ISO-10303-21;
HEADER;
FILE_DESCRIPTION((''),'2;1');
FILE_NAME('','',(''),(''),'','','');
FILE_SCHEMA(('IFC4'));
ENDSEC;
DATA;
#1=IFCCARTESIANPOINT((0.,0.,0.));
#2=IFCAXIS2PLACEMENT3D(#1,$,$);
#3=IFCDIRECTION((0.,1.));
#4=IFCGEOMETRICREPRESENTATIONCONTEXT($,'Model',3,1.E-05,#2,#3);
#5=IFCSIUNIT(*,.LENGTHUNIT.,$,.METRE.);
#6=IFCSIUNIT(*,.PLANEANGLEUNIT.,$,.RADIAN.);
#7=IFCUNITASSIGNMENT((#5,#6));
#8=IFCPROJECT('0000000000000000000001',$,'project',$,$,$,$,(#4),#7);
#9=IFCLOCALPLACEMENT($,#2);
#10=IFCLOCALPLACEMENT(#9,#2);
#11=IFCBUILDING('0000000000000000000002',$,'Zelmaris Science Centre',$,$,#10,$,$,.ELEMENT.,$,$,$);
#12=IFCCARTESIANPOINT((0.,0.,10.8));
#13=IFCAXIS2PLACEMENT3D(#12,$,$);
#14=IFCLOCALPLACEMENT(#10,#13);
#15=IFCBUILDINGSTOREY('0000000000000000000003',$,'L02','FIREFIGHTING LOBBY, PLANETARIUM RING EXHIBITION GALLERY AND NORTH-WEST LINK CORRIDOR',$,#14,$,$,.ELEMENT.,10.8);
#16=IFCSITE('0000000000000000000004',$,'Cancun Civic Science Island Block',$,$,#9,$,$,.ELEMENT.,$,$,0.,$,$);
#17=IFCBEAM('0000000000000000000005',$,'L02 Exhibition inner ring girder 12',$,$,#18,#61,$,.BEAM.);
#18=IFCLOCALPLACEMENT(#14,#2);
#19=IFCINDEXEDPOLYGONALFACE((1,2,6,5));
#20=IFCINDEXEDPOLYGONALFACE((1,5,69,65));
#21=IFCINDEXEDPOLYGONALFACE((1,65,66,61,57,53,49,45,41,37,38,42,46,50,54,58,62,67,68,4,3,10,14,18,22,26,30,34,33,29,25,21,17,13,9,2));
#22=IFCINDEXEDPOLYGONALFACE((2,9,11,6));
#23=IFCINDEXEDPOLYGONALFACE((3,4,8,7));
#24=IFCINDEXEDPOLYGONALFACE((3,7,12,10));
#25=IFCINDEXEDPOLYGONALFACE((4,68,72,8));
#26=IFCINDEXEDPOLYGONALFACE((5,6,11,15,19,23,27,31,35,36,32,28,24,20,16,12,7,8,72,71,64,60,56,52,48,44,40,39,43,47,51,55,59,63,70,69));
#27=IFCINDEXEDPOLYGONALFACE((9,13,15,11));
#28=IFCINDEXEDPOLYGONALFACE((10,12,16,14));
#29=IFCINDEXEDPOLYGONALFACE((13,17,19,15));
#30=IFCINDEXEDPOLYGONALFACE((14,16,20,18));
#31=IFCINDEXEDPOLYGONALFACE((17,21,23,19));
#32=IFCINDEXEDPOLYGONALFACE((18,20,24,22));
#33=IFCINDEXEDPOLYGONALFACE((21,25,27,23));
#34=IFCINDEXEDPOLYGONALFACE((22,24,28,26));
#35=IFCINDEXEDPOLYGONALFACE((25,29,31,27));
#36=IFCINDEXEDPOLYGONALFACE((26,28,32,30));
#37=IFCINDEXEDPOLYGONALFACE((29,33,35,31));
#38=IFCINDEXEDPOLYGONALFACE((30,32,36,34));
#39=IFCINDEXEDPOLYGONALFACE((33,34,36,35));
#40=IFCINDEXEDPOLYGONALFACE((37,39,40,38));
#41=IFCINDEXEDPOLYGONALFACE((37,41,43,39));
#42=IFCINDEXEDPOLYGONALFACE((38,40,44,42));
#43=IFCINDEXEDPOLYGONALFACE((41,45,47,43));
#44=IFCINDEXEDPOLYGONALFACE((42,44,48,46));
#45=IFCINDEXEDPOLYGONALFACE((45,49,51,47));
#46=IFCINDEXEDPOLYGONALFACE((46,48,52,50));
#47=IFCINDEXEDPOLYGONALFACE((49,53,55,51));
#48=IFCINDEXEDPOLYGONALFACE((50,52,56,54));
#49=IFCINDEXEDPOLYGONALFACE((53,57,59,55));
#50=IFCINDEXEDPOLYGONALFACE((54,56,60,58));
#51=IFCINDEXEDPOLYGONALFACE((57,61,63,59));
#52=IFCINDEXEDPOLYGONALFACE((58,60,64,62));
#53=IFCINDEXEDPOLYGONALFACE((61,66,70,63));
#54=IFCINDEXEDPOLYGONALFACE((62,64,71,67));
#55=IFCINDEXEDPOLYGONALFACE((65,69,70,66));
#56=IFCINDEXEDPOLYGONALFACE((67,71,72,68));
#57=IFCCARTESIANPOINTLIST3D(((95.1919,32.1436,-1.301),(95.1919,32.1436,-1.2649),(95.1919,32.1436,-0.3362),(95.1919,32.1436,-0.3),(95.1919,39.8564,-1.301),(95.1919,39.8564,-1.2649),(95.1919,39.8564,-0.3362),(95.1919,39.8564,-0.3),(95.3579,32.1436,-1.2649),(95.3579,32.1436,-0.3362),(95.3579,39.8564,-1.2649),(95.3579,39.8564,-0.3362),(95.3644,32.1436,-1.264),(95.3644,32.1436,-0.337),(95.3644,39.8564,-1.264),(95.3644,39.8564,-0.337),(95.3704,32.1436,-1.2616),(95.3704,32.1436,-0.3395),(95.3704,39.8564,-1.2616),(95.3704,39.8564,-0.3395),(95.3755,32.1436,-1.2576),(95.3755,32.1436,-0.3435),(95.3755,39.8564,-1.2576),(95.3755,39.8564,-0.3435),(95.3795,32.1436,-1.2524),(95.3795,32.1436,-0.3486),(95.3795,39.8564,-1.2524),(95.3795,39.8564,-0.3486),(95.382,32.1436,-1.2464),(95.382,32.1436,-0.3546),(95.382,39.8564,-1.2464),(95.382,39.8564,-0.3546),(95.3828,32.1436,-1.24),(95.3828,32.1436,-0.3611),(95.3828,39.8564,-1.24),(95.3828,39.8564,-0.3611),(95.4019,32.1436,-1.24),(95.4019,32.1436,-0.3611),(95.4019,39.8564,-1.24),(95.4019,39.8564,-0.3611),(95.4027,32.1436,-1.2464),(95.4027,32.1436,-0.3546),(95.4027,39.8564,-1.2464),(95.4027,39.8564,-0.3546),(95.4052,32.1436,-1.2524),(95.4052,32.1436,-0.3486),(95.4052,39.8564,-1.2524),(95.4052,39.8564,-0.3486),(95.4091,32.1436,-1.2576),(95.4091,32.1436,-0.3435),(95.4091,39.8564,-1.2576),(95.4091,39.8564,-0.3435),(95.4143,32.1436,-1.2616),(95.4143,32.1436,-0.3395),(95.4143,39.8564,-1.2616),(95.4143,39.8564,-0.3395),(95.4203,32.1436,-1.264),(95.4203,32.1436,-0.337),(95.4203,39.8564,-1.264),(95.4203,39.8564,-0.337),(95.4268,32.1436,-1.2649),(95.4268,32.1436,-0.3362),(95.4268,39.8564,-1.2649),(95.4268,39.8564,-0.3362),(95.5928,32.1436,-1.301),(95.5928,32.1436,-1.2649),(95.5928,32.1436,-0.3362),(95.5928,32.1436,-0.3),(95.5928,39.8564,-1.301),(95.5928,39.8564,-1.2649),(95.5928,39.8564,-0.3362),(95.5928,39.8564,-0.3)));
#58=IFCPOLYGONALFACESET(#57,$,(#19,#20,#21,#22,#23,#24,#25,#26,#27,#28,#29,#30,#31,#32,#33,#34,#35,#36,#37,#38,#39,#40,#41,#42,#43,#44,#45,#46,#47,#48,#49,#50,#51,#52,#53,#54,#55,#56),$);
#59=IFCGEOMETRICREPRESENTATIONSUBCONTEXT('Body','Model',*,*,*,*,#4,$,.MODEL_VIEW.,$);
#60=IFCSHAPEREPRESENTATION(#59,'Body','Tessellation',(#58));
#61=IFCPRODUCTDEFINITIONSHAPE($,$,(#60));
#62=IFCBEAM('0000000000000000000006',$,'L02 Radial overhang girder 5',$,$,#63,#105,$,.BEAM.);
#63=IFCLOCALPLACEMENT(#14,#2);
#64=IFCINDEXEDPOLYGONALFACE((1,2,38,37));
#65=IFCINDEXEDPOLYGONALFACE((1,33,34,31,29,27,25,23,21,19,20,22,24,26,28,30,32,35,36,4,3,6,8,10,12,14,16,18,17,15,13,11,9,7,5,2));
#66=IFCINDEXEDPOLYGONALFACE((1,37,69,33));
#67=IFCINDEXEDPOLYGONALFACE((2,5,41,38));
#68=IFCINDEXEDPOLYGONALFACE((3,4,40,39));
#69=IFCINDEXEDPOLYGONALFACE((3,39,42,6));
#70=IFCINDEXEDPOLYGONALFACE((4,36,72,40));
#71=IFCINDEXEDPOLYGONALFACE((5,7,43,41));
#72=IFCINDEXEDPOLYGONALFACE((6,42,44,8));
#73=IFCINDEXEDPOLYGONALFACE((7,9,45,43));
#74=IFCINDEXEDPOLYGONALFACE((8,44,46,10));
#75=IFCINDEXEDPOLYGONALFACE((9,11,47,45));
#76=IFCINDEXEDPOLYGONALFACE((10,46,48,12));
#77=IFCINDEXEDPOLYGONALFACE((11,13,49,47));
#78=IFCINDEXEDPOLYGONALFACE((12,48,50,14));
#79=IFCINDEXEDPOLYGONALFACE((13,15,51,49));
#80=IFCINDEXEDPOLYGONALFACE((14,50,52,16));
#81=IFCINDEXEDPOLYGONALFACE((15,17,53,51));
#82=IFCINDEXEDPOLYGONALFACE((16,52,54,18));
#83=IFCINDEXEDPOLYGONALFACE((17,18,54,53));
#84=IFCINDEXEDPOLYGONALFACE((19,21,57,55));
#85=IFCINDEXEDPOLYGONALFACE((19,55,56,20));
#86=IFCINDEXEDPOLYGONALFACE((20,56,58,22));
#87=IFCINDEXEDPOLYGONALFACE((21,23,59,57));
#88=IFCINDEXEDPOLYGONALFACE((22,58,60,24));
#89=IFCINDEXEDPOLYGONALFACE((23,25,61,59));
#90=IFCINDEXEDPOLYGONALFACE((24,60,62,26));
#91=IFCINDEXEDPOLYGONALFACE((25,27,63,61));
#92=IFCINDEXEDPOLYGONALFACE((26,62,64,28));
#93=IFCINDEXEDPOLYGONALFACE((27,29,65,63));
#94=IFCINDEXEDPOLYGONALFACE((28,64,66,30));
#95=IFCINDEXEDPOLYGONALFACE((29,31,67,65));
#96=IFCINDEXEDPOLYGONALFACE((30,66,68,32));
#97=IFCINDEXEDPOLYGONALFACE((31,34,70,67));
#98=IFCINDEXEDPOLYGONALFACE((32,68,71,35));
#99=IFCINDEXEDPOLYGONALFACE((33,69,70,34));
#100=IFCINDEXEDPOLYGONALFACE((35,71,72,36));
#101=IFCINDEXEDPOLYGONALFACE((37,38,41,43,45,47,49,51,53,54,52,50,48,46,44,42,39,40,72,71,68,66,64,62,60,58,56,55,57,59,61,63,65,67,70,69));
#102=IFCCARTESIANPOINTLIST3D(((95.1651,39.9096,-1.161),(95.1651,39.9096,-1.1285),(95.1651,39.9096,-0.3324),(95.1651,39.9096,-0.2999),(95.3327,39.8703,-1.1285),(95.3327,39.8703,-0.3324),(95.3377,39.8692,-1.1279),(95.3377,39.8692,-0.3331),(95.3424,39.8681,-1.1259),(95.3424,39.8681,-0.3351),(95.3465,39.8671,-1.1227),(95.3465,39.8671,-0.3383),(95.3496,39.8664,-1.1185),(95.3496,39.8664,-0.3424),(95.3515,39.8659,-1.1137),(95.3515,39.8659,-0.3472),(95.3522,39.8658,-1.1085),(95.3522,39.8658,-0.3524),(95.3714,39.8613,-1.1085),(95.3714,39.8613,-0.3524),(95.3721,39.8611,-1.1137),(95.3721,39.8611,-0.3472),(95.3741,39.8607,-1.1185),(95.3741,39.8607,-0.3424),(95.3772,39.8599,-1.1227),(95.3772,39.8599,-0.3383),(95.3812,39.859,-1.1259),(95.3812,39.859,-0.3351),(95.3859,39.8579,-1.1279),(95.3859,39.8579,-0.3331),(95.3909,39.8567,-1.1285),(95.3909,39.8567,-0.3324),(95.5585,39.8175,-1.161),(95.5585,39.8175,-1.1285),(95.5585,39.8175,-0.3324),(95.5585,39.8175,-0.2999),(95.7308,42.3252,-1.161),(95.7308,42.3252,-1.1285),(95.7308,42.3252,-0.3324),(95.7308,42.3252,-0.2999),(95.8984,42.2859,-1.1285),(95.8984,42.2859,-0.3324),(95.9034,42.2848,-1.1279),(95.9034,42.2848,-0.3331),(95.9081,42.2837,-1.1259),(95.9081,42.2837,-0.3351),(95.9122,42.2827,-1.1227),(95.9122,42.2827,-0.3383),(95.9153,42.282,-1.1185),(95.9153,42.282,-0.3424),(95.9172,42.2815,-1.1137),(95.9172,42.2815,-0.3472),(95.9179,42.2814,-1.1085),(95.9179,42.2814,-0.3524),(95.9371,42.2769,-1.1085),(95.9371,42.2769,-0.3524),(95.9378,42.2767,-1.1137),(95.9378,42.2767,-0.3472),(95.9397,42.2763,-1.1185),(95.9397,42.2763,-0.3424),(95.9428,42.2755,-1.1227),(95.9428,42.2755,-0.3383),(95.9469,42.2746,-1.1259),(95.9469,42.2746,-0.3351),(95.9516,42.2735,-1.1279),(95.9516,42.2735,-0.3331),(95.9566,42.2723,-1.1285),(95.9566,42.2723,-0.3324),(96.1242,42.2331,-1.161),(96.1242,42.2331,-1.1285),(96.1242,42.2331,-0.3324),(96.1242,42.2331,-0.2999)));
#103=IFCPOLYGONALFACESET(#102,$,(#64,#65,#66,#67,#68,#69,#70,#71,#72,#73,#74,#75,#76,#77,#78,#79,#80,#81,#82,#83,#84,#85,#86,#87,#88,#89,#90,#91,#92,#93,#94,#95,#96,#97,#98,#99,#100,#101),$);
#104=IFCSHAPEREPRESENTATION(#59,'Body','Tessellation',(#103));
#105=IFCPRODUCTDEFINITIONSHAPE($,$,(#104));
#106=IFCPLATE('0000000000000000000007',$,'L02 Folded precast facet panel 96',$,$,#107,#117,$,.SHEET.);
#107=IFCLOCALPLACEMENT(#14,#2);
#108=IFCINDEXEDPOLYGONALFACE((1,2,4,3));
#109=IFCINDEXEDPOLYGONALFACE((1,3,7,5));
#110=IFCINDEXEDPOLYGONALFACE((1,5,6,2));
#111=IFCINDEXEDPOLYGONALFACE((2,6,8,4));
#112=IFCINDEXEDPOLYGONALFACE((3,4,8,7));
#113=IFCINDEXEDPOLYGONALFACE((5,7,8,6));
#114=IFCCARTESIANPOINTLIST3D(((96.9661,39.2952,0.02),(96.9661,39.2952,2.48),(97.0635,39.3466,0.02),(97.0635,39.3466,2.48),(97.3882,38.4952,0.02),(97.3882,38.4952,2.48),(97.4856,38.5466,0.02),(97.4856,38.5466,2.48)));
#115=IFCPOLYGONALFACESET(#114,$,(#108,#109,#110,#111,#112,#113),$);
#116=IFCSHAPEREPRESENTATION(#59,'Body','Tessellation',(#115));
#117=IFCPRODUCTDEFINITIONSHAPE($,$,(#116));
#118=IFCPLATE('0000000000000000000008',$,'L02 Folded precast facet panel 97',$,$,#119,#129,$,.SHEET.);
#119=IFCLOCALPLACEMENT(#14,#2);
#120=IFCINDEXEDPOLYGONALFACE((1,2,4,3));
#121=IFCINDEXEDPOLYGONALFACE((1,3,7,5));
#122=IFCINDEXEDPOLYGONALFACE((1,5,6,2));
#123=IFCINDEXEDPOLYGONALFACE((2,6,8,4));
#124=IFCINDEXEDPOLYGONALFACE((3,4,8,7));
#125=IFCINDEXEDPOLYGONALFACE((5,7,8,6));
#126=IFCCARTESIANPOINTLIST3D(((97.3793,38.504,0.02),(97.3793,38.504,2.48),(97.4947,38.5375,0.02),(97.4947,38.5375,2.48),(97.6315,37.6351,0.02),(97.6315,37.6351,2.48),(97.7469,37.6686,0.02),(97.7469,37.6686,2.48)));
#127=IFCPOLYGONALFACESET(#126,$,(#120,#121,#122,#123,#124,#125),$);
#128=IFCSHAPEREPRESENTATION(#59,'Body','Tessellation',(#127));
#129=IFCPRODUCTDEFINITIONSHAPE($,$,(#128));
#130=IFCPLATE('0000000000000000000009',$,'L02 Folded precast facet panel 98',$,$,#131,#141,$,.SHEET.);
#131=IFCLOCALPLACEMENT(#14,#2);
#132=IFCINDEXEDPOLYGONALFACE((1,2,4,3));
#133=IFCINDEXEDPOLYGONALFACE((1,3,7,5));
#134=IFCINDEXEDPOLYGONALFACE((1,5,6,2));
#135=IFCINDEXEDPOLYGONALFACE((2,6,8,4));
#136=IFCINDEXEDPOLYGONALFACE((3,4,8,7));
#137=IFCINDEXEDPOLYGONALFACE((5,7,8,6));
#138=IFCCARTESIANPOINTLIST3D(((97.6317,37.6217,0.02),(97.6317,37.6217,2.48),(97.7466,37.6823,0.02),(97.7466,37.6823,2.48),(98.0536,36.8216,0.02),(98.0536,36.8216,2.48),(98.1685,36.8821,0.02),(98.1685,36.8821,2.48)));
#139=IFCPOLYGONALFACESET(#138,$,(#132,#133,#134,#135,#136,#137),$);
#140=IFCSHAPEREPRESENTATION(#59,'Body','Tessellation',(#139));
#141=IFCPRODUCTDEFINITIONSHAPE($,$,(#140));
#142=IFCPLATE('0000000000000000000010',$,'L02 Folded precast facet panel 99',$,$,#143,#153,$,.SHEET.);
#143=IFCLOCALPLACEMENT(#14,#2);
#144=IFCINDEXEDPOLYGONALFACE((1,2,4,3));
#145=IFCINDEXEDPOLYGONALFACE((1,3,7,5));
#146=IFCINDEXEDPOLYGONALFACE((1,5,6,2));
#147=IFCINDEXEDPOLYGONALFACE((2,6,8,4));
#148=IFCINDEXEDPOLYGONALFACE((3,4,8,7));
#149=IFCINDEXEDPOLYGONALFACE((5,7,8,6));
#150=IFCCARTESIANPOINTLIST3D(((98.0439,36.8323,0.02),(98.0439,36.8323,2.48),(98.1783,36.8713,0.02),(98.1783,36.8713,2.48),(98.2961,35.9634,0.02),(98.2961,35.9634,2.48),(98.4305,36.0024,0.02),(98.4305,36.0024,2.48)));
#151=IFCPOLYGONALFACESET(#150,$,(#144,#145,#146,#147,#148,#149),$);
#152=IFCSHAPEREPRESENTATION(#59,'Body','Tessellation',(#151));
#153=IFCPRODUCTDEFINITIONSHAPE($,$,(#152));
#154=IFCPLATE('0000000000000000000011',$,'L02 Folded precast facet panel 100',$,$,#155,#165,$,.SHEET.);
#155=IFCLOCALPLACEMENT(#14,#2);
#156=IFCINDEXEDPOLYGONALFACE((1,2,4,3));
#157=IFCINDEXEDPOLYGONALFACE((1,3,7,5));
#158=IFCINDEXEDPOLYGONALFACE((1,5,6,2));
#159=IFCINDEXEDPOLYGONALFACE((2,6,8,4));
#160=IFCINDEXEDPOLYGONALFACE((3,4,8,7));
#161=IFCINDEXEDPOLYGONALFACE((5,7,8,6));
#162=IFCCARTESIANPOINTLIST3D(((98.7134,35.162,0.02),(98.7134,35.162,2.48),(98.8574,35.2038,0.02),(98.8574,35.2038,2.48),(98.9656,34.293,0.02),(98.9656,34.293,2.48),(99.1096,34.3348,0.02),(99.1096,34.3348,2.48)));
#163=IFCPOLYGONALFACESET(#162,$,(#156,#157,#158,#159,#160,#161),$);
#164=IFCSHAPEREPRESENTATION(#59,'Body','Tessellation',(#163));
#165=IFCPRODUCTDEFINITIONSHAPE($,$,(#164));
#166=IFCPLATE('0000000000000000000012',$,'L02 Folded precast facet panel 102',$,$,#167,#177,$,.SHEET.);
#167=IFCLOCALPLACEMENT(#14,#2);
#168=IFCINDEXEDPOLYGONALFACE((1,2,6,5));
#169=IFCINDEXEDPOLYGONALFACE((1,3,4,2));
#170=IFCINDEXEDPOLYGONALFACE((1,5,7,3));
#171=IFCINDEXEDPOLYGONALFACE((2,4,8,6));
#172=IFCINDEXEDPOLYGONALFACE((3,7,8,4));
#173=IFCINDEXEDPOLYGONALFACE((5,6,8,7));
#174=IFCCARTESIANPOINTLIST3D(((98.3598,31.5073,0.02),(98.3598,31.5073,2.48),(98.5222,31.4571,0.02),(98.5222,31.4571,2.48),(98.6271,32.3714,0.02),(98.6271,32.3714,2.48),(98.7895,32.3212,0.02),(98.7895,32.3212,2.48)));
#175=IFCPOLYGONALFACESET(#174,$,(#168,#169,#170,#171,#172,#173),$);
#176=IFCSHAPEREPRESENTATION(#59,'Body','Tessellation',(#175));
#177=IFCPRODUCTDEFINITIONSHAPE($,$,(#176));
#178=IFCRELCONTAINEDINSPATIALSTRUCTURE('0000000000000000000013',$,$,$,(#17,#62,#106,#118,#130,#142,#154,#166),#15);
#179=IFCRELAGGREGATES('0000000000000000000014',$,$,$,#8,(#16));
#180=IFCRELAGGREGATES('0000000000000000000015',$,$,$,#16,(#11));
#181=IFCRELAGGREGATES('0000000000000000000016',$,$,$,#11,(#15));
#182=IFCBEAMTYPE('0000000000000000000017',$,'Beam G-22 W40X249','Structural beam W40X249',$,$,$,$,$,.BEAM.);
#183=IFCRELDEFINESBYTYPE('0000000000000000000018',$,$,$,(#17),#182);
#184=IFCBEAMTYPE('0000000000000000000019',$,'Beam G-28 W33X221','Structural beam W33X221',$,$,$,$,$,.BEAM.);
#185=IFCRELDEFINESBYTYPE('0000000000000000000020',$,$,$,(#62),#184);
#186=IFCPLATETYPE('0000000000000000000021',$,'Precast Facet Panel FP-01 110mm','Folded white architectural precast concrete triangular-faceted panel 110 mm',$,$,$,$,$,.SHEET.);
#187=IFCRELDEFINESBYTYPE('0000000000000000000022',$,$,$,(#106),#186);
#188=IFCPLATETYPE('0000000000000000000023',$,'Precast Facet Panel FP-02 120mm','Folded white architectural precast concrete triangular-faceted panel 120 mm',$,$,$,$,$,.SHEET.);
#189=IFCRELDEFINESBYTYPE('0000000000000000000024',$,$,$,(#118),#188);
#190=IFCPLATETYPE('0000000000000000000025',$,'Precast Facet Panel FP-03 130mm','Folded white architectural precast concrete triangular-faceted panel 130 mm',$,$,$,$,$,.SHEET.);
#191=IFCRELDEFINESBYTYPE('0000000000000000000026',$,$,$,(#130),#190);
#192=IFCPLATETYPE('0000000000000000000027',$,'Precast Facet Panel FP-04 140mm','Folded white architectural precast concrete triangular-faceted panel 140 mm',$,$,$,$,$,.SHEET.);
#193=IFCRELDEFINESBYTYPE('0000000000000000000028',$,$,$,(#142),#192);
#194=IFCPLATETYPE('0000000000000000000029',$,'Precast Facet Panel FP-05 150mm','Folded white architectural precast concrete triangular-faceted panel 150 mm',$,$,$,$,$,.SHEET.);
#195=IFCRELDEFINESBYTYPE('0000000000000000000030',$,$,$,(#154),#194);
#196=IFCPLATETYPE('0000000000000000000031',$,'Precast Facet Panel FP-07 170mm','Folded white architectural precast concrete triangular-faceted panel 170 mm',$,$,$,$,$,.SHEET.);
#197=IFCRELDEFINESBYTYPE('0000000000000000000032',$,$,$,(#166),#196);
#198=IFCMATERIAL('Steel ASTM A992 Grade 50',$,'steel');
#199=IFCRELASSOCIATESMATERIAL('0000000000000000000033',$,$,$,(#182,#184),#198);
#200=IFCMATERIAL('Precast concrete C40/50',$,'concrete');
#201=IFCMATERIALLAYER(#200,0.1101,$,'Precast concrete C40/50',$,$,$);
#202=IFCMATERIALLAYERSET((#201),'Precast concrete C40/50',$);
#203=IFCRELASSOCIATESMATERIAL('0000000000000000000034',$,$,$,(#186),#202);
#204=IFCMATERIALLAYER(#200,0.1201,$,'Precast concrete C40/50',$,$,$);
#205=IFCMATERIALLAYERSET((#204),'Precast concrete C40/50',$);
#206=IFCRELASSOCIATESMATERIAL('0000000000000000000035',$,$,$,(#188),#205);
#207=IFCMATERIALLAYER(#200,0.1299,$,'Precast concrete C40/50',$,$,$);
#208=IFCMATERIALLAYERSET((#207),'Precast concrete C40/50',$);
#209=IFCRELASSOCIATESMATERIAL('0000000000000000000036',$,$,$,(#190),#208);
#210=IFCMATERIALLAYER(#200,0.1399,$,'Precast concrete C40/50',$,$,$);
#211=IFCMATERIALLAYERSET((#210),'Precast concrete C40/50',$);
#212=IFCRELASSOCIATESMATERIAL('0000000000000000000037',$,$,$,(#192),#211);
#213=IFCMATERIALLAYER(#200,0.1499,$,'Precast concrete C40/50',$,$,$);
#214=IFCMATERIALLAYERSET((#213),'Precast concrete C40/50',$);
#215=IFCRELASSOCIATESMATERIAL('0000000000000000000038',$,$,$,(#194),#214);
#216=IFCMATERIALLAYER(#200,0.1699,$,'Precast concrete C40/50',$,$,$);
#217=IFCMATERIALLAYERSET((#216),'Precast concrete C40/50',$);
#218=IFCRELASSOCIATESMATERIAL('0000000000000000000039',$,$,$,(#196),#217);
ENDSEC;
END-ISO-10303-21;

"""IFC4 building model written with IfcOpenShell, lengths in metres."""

from ifc_helpers import new_model, si_unit, direction, frame, frame_2d, origin, origin_2d, place, context, subcontext, project, spatial, rectangle, i_section, extrude, material, layer, layer_set, material_profile, profile_set, type_object, element, save


model = new_model("IFC4")

# Units and contexts
model_context = context("Model", 3, precision=1e-05, world=origin(), true_north=direction((0.0, 1.0)))
body_context = subcontext(model_context, "Body", "Model", "MODEL_VIEW")
ifc_project = project(units=[si_unit("LENGTHUNIT", "METRE"), si_unit("PLANEANGLEUNIT", "RADIAN")], contexts=[model_context])

# Site, building, storey
site_placement = place(None, origin())
site = spatial("IfcSite", under=ifc_project, at=site_placement, Name="Cancun Civic Science Island Block", CompositionType="ELEMENT", RefElevation=0.0)
building_placement = place(site_placement, origin())
building = spatial("IfcBuilding", under=site, at=building_placement, Name="Zelmaris Science Centre", CompositionType="ELEMENT")
storey_placement = place(building_placement, frame((0.0, 0.0, 10.8)))
storey = spatial("IfcBuildingStorey", under=building, at=storey_placement, Name="L02", Description="FIREFIGHTING LOBBY, PLANETARIUM RING EXHIBITION GALLERY AND NORTH-WEST LINK CORRIDOR", CompositionType="ELEMENT", Elevation=10.8)

# Shared definitions
ifc_material_1 = material(Name="Steel ASTM A992 Grade 50", Category="steel")

# Beams
ifc_material_profile_1 = material_profile(ifc_material_1, i_section(OverallWidth=0.4009, OverallDepth=1.001, WebThickness=0.019, FlangeThickness=0.0361, FilletRadius=0.0249, at=origin_2d()), Name="W40X249")
ifc_profile_set_1 = profile_set([ifc_material_profile_1], Name="Steel ASTM A992 Grade 50")
beam_type_1 = type_object("IfcBeamType", Name="Beam G-22 W40X249", Description="Structural beam W40X249", PredefinedType="BEAM", material=ifc_profile_set_1)
beam_1_placement = place(storey_placement, frame((95.3923, 32.1436, -0.8005), z_axis=(0.0, 1.0, 0.0), x_axis=(-1.0, 0.0, 0.0)))
element("IfcBeam", 1, at=beam_1_placement, inside=storey, type_object=beam_type_1, Name="L02 Exhibition inner ring girder 12", PredefinedType="BEAM", context=body_context, shape_type="SweptSolid", body=[
    extrude(i_section(OverallWidth=0.4009, OverallDepth=1.001, WebThickness=0.019, FlangeThickness=0.0361, FilletRadius=0.0249, at=origin_2d()), origin(), (0.0, 0.0, 1.0), 7.7129),
])
ifc_material_profile_2 = material_profile(ifc_material_1, i_section(OverallWidth=0.4041, OverallDepth=0.8611, WebThickness=0.0198, FlangeThickness=0.0325, FilletRadius=0.02, at=origin_2d()), Name="W33X221")
ifc_profile_set_2 = profile_set([ifc_material_profile_2], Name="Steel ASTM A992 Grade 50")
beam_type_2 = type_object("IfcBeamType", Name="Beam G-28 W33X221", Description="Structural beam W33X221", PredefinedType="BEAM", material=ifc_profile_set_2)
beam_2_placement = place(storey_placement, frame((95.3618, 39.8635, -0.7305), z_axis=(0.228013, 0.973658, 0.0), x_axis=(-0.973658, 0.228013, 0.0)))
element("IfcBeam", 2, at=beam_2_placement, inside=storey, type_object=beam_type_2, Name="L02 Radial overhang girder 5", PredefinedType="BEAM", context=body_context, shape_type="SweptSolid", body=[
    extrude(i_section(OverallWidth=0.4041, OverallDepth=0.8611, WebThickness=0.0198, FlangeThickness=0.0325, FilletRadius=0.02, at=origin_2d()), origin(), (0.0, 0.0, 1.0), 2.481),
])

# Plates
ifc_material_2 = material(Name="Precast concrete C40/50", Category="concrete")
ifc_layer_1 = layer(ifc_material_2, 0.1101, Name="Precast concrete C40/50")
ifc_layer_set_1 = layer_set([ifc_layer_1], Name="Precast concrete C40/50")
plate_type_1 = type_object("IfcPlateType", Name="Precast Facet Panel FP-01 110mm", Description="Folded white architectural precast concrete triangular-faceted panel 110 mm", PredefinedType="SHEET", material=ifc_layer_set_1)
plate_1_placement = place(storey_placement, frame((97.0149, 39.3208, 0.02), z_axis=(0.0, 0.0, 1.0), x_axis=(0.466647, -0.884444, 0.0)))
element("IfcPlate", 3, at=plate_1_placement, inside=storey, type_object=plate_type_1, Name="L02 Folded precast facet panel 96", PredefinedType="SHEET", context=body_context, shape_type="SweptSolid", body=[
    extrude(rectangle(XDim=0.9045, YDim=0.1101, at=frame_2d((0.4521, 0.0))), origin(), (0.0, 0.0, 1.0), 2.46),
])
ifc_layer_2 = layer(ifc_material_2, 0.1201, Name="Precast concrete C40/50")
ifc_layer_set_2 = layer_set([ifc_layer_2], Name="Precast concrete C40/50")
plate_type_2 = type_object("IfcPlateType", Name="Precast Facet Panel FP-02 120mm", Description="Folded white architectural precast concrete triangular-faceted panel 120 mm", PredefinedType="SHEET", material=ifc_layer_set_2)
plate_2_placement = place(storey_placement, frame((97.437, 38.5208, 0.02), z_axis=(0.0, 0.0, 1.0), x_axis=(0.278746, -0.960365, 0.0)))
element("IfcPlate", 4, at=plate_2_placement, inside=storey, type_object=plate_type_2, Name="L02 Folded precast facet panel 97", PredefinedType="SHEET", context=body_context, shape_type="SweptSolid", body=[
    extrude(rectangle(XDim=0.9048, YDim=0.1201, at=frame_2d((0.4524, 0.0))), origin(), (0.0, 0.0, 1.0), 2.46),
])
ifc_layer_3 = layer(ifc_material_2, 0.1299, Name="Precast concrete C40/50")
ifc_layer_set_3 = layer_set([ifc_layer_3], Name="Precast concrete C40/50")
plate_type_3 = type_object("IfcPlateType", Name="Precast Facet Panel FP-03 130mm", Description="Folded white architectural precast concrete triangular-faceted panel 130 mm", PredefinedType="SHEET", material=ifc_layer_set_3)
plate_3_placement = place(storey_placement, frame((97.6892, 37.6519, 0.02), z_axis=(0.0, 0.0, 1.0), x_axis=(0.466436, -0.884555, 0.0)))
element("IfcPlate", 5, at=plate_3_placement, inside=storey, type_object=plate_type_3, Name="L02 Folded precast facet panel 98", PredefinedType="SHEET", context=body_context, shape_type="SweptSolid", body=[
    extrude(rectangle(XDim=0.9045, YDim=0.1299, at=frame_2d((0.4521, 0.0))), origin(), (0.0, 0.0, 1.0), 2.46),
])
ifc_layer_4 = layer(ifc_material_2, 0.1399, Name="Precast concrete C40/50")
ifc_layer_set_4 = layer_set([ifc_layer_4], Name="Precast concrete C40/50")
plate_type_4 = type_object("IfcPlateType", Name="Precast Facet Panel FP-04 140mm", Description="Folded white architectural precast concrete triangular-faceted panel 140 mm", PredefinedType="SHEET", material=ifc_layer_set_4)
plate_4_placement = place(storey_placement, frame((98.1111, 36.8518, 0.02), z_axis=(0.0, 0.0, 1.0), x_axis=(0.278746, -0.960365, 0.0)))
element("IfcPlate", 6, at=plate_4_placement, inside=storey, type_object=plate_type_4, Name="L02 Folded precast facet panel 99", PredefinedType="SHEET", context=body_context, shape_type="SweptSolid", body=[
    extrude(rectangle(XDim=0.9048, YDim=0.1399, at=frame_2d((0.4524, 0.0))), origin(), (0.0, 0.0, 1.0), 2.46),
])
ifc_layer_5 = layer(ifc_material_2, 0.1499, Name="Precast concrete C40/50")
ifc_layer_set_5 = layer_set([ifc_layer_5], Name="Precast concrete C40/50")
plate_type_5 = type_object("IfcPlateType", Name="Precast Facet Panel FP-05 150mm", Description="Folded white architectural precast concrete triangular-faceted panel 150 mm", PredefinedType="SHEET", material=ifc_layer_set_5)
plate_5_placement = place(storey_placement, frame((98.7854, 35.1829, 0.02), z_axis=(0.0, 0.0, 1.0), x_axis=(0.278746, -0.960365, 0.0)))
element("IfcPlate", 7, at=plate_5_placement, inside=storey, type_object=plate_type_5, Name="L02 Folded precast facet panel 100", PredefinedType="SHEET", context=body_context, shape_type="SweptSolid", body=[
    extrude(rectangle(XDim=0.9048, YDim=0.1499, at=frame_2d((0.4524, 0.0))), origin(), (0.0, 0.0, 1.0), 2.46),
])
ifc_layer_6 = layer(ifc_material_2, 0.1699, Name="Precast concrete C40/50")
ifc_layer_set_6 = layer_set([ifc_layer_6], Name="Precast concrete C40/50")
plate_type_6 = type_object("IfcPlateType", Name="Precast Facet Panel FP-07 170mm", Description="Folded white architectural precast concrete triangular-faceted panel 170 mm", PredefinedType="SHEET", material=ifc_layer_set_6)
plate_6_placement = place(storey_placement, frame((98.7083, 32.3462, 0.02), z_axis=(0.0, 0.0, 1.0), x_axis=(-0.295508, -0.95534, 0.0)))
element("IfcPlate", 8, at=plate_6_placement, inside=storey, type_object=plate_type_6, Name="L02 Folded precast facet panel 102", PredefinedType="SHEET", context=body_context, shape_type="SweptSolid", body=[
    extrude(rectangle(XDim=0.9045, YDim=0.1699, at=frame_2d((0.4521, 0.0))), origin(), (0.0, 0.0, 1.0), 2.46),
])

save(model, "model.ifc")
